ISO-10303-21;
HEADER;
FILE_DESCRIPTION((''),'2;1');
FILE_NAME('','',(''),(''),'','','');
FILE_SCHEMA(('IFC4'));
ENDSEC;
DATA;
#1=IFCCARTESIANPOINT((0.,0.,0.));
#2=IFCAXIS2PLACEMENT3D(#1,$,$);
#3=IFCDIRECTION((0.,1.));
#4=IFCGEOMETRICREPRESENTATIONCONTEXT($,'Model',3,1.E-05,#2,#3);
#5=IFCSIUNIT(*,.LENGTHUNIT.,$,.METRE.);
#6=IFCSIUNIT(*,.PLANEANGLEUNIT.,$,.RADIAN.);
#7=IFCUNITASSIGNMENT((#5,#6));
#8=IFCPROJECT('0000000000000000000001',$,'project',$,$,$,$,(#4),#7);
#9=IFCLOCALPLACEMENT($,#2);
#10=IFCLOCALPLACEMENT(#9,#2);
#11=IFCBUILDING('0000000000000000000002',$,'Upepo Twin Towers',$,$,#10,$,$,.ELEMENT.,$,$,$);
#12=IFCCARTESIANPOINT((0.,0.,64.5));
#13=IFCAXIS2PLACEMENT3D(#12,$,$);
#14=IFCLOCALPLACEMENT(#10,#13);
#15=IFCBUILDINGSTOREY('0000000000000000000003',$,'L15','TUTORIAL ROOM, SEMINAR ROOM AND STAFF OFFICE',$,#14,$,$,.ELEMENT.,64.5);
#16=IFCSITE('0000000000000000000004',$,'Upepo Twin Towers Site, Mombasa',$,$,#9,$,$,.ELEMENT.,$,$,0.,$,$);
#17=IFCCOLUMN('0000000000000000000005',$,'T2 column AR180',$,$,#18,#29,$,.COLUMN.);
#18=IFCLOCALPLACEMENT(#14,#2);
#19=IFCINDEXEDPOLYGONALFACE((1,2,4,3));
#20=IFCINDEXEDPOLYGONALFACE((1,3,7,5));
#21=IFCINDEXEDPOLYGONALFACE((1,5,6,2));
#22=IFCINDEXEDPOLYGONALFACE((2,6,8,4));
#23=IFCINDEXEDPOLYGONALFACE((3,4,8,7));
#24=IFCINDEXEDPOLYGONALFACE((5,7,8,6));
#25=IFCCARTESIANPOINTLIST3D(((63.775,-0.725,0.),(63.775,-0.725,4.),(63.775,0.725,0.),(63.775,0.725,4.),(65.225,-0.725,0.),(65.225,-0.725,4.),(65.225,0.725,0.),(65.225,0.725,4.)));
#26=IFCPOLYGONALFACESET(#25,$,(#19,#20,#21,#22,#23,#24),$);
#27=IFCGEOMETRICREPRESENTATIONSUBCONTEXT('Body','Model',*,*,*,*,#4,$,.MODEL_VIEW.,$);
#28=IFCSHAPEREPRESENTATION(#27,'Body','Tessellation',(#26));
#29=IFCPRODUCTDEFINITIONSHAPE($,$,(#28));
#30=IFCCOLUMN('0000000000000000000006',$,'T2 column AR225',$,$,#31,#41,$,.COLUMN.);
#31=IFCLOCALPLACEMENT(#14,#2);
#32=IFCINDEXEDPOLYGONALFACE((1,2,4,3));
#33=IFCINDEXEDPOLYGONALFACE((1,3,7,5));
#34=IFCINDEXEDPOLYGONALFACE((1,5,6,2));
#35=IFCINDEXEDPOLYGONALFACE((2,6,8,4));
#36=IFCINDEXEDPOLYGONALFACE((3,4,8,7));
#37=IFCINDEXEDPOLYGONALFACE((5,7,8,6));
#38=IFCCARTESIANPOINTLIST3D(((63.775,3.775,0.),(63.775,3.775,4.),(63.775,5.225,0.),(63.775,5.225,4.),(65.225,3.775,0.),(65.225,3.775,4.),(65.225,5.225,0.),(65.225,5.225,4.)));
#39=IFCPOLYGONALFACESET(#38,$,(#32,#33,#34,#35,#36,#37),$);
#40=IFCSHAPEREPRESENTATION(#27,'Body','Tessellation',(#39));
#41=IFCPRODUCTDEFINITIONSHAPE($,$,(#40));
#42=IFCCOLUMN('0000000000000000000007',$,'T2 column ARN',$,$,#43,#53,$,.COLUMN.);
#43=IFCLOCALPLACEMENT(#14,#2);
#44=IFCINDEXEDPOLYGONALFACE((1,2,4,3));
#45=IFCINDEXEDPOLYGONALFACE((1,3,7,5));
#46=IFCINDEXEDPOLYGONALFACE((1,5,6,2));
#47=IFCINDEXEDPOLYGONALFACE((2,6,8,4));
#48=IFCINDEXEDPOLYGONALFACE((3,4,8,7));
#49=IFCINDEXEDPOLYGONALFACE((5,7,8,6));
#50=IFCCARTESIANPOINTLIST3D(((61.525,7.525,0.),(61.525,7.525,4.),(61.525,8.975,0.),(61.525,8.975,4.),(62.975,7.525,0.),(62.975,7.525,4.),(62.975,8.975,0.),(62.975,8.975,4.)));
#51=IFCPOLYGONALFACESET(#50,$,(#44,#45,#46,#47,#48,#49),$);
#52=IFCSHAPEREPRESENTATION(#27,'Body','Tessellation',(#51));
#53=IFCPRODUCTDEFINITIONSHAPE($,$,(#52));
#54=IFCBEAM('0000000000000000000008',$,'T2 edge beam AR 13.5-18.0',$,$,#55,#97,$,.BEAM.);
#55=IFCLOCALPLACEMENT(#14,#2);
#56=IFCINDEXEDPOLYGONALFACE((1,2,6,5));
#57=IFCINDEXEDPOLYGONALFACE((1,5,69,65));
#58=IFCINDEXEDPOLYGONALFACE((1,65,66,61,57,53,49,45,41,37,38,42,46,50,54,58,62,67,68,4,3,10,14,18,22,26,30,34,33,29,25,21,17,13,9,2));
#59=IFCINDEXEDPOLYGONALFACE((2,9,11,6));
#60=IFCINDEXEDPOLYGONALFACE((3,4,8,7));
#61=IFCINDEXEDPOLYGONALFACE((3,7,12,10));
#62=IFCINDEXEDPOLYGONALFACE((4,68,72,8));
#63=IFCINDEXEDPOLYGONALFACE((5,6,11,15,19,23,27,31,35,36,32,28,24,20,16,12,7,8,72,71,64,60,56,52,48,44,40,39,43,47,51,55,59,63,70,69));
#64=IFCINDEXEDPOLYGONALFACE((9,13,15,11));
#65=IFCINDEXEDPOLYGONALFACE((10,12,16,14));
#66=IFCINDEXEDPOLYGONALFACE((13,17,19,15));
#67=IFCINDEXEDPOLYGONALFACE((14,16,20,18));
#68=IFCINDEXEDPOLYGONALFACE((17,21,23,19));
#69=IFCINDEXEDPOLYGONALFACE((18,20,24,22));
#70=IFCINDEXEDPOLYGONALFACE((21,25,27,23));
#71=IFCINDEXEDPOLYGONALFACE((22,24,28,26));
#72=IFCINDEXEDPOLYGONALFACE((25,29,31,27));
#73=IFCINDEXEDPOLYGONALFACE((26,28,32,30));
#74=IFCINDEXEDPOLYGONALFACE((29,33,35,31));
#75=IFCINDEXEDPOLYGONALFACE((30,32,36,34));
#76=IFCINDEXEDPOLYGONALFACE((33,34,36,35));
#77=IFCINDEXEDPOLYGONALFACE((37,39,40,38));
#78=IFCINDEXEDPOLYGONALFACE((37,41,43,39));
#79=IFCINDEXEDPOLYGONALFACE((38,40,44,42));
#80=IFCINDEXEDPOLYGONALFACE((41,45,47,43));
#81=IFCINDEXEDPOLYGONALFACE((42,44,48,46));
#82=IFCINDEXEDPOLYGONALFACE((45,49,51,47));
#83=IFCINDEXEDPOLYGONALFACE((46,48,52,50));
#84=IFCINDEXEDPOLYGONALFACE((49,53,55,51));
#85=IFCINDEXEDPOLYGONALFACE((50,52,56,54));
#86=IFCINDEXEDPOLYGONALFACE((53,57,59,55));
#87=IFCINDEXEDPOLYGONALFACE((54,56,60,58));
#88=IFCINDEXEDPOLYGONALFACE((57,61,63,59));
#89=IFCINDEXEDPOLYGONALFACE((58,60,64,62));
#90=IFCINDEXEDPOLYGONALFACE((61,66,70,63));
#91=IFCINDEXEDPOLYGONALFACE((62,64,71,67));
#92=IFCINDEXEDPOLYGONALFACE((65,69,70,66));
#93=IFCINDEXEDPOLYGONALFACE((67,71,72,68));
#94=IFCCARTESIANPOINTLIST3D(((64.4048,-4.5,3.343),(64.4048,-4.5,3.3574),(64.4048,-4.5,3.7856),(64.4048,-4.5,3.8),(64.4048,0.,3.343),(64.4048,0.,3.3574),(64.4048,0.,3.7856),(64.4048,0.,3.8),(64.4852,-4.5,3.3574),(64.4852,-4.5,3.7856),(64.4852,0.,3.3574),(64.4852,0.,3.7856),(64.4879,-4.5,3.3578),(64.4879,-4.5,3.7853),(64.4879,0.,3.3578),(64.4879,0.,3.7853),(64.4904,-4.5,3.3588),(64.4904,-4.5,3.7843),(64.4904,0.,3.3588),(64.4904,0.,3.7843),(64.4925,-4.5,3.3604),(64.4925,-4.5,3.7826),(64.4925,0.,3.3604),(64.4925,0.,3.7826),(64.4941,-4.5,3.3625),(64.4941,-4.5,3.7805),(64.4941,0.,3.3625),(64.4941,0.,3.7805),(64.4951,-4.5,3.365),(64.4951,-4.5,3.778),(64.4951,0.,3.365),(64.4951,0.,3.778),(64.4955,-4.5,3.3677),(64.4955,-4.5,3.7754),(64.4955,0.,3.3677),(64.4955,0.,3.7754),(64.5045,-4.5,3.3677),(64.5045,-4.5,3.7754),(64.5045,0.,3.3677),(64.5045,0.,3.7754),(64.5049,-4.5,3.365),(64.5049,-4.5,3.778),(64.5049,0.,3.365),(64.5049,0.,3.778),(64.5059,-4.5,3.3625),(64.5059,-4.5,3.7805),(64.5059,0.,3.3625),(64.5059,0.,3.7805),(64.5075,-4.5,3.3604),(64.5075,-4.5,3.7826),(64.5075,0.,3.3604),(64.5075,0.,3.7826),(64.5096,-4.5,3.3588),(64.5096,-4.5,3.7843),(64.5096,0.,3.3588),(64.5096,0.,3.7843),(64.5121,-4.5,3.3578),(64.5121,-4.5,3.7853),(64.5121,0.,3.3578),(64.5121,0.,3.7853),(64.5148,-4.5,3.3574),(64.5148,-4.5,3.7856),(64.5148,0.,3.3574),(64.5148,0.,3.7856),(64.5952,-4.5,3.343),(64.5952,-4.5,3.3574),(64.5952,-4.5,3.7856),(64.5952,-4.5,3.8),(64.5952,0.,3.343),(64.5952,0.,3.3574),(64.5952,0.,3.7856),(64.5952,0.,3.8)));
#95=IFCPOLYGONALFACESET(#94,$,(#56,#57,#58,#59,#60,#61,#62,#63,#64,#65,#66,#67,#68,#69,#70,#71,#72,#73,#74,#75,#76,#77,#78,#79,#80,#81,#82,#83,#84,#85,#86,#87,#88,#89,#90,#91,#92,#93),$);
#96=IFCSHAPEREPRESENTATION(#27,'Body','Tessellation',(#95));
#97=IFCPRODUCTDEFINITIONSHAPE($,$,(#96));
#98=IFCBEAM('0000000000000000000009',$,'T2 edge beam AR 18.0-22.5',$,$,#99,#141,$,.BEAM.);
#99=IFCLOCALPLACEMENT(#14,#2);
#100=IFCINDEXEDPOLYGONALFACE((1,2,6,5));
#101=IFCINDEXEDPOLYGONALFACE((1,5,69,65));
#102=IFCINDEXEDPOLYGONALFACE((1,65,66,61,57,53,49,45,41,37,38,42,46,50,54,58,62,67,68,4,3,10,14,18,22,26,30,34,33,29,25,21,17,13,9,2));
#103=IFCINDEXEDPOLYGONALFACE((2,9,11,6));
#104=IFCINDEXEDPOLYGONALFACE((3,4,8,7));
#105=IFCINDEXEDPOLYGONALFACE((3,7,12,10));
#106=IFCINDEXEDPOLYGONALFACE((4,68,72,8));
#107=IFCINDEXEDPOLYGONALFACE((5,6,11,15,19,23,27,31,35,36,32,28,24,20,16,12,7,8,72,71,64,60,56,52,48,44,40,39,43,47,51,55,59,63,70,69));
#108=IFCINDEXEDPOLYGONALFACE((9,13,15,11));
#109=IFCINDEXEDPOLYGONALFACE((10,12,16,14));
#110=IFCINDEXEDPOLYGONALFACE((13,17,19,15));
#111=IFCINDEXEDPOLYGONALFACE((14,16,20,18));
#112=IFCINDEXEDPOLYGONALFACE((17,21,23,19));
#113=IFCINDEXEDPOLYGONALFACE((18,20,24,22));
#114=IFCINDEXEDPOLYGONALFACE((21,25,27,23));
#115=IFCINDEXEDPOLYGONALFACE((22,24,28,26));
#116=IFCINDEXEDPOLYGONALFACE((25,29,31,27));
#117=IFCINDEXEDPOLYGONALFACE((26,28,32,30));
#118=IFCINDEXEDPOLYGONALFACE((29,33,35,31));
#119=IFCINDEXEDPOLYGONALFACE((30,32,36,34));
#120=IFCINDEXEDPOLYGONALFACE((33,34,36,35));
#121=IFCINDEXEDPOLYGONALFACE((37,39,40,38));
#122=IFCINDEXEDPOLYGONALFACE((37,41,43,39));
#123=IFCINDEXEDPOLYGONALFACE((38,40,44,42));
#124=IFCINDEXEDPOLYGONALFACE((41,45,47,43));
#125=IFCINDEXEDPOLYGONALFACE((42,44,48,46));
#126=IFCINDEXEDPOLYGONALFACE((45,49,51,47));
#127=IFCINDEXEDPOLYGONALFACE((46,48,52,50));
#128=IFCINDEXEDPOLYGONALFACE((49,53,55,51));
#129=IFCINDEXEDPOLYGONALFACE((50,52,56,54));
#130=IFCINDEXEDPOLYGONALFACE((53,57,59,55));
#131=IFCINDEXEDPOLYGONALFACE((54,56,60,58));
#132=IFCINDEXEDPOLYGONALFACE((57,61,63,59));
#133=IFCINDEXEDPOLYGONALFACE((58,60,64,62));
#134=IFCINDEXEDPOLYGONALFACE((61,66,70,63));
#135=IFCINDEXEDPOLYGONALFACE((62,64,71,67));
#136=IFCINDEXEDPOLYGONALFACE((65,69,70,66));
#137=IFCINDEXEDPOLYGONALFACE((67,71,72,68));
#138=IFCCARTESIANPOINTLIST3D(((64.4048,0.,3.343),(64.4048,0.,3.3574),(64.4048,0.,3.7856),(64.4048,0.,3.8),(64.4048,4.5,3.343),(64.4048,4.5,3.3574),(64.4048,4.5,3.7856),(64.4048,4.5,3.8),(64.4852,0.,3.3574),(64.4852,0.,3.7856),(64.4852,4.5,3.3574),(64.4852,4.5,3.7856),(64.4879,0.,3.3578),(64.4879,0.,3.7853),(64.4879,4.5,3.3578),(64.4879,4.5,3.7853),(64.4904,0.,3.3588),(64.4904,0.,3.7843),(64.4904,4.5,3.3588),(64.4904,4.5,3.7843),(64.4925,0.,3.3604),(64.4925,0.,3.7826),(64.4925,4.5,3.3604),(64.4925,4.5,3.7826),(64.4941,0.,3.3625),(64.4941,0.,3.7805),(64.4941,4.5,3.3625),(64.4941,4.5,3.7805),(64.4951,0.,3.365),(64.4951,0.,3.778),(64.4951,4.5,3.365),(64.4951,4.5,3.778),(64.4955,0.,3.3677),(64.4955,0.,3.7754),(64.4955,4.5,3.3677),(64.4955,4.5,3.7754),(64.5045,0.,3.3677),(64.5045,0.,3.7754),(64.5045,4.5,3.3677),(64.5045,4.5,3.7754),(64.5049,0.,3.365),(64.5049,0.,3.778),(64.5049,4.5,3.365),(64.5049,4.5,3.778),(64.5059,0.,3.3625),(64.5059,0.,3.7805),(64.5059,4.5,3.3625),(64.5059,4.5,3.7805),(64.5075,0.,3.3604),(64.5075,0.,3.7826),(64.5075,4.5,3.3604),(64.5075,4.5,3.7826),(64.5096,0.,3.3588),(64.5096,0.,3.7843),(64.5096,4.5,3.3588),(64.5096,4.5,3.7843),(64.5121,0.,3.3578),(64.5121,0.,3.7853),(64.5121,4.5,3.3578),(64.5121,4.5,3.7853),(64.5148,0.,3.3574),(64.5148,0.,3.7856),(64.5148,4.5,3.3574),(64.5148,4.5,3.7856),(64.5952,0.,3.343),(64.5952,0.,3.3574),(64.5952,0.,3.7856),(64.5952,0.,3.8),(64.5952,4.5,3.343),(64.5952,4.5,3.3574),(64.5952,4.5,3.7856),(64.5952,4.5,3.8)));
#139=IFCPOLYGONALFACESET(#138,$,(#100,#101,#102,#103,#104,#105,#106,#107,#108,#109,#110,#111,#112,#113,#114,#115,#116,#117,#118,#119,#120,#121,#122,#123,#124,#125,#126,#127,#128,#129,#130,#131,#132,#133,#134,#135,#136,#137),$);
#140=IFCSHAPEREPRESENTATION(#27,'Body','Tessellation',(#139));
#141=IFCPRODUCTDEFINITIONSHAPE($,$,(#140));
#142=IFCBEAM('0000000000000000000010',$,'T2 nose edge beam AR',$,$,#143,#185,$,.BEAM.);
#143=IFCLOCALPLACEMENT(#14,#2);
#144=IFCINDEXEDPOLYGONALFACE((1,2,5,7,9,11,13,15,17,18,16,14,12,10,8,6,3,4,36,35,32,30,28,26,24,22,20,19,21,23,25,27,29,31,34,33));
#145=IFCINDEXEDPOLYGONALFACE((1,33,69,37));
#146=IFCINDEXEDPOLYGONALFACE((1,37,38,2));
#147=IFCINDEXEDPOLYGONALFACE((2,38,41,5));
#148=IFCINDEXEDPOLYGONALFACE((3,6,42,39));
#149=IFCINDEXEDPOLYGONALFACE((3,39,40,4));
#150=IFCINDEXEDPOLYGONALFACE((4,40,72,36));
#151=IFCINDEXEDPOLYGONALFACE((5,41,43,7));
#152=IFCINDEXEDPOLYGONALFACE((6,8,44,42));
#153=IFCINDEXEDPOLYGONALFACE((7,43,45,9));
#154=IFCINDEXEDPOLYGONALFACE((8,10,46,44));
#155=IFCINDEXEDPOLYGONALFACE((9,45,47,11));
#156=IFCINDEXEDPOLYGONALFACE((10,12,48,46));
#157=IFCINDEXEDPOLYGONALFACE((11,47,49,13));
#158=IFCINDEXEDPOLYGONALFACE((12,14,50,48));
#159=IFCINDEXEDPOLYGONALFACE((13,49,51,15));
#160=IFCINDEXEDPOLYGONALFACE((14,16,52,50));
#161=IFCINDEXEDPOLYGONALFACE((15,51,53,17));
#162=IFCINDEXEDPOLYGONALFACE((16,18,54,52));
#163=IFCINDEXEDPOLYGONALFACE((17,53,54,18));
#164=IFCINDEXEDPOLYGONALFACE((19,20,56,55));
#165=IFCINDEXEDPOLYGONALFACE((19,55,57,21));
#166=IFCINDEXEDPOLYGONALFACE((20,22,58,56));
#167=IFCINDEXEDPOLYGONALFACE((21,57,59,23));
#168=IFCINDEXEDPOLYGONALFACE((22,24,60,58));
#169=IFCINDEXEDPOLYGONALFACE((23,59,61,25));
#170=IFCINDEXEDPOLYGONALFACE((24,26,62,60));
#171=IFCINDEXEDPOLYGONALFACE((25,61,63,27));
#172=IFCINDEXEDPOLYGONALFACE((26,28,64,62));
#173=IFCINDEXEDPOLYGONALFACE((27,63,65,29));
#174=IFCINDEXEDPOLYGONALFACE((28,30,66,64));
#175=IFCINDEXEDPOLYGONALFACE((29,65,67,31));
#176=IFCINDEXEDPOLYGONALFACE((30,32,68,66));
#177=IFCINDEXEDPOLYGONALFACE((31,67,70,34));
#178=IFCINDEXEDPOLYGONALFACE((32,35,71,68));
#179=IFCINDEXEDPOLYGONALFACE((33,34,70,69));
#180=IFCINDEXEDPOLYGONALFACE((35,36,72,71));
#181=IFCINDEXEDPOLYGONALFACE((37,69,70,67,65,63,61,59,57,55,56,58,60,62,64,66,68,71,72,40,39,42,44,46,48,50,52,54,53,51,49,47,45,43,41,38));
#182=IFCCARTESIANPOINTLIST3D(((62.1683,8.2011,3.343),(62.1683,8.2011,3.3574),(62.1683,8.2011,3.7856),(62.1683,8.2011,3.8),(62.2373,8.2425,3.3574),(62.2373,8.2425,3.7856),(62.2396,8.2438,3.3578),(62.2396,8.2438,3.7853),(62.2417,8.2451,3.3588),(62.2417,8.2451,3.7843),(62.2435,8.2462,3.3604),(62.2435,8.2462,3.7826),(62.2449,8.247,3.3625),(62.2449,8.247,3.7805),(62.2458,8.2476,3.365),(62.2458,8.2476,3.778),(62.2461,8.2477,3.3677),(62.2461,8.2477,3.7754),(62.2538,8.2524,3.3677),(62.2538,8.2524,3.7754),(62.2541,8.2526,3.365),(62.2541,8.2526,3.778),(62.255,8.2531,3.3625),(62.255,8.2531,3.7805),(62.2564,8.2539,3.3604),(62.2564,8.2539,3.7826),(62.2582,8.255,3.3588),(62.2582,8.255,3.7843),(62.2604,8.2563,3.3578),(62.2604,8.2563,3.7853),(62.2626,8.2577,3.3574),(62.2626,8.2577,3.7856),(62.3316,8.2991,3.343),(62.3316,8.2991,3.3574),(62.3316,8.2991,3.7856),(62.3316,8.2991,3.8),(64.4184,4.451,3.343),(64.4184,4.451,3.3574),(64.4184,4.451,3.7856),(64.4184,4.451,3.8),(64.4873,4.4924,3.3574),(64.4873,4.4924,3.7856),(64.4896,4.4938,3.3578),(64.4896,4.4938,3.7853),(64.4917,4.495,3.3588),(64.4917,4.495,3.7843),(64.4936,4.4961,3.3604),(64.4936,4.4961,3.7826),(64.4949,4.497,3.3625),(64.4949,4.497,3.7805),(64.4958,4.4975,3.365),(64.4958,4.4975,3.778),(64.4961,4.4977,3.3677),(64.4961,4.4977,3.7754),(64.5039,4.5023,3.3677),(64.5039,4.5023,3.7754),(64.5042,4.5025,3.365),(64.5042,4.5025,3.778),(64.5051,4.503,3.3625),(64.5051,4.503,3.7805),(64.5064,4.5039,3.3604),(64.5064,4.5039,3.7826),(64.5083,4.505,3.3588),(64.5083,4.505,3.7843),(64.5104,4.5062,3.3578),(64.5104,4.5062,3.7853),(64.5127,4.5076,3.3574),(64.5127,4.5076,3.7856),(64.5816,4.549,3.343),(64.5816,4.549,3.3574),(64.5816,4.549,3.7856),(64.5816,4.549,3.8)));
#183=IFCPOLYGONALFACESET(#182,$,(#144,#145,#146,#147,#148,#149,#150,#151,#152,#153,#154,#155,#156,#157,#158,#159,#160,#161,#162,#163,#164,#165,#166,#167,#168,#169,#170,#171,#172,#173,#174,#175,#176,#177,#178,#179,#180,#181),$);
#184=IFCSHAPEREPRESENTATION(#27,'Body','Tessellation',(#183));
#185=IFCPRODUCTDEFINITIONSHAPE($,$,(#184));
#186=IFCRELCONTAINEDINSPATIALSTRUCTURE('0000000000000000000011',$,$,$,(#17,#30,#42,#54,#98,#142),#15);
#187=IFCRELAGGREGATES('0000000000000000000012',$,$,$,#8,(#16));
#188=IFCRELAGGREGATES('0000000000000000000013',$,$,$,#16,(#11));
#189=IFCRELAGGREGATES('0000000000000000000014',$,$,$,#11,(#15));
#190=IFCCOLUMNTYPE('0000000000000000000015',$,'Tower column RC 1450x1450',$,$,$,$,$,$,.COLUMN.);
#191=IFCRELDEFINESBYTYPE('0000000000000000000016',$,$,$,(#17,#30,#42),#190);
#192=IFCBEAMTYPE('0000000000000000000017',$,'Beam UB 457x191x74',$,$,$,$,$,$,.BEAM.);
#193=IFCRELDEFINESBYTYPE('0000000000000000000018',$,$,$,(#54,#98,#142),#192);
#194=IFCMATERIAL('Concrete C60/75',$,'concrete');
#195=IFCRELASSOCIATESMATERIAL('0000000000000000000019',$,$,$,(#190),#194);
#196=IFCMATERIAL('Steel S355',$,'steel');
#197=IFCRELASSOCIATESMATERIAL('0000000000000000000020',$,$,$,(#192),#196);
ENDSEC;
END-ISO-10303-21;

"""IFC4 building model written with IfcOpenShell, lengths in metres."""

from ifc_helpers import new_model, si_unit, direction, frame, origin, origin_2d, place, context, subcontext, project, spatial, rectangle, i_section, extrude, material, material_profile, profile_set, type_object, element, save


model = new_model("IFC4")

# Units and contexts
model_context = context("Model", 3, precision=1e-05, world=origin(), true_north=direction((0.0, 1.0)))
body_context = subcontext(model_context, "Body", "Model", "MODEL_VIEW")
ifc_project = project(units=[si_unit("LENGTHUNIT", "METRE"), si_unit("PLANEANGLEUNIT", "RADIAN")], contexts=[model_context])

# Site, building, storey
site_placement = place(None, origin())
site = spatial("IfcSite", under=ifc_project, at=site_placement, Name="Upepo Twin Towers Site, Mombasa", CompositionType="ELEMENT", RefElevation=0.0)
building_placement = place(site_placement, origin())
building = spatial("IfcBuilding", under=site, at=building_placement, Name="Upepo Twin Towers", CompositionType="ELEMENT")
storey_placement = place(building_placement, frame((0.0, 0.0, 64.5)))
storey = spatial("IfcBuildingStorey", under=building, at=storey_placement, Name="L15", Description="TUTORIAL ROOM, SEMINAR ROOM AND STAFF OFFICE", CompositionType="ELEMENT", Elevation=64.5)

# Columns
ifc_material_1 = material(Name="Concrete C60/75", Category="concrete")
ifc_material_profile_1 = material_profile(ifc_material_1, rectangle(XDim=1.45, YDim=1.45, at=origin_2d()), Name="RC 1450x1450")
ifc_profile_set_1 = profile_set([ifc_material_profile_1], Name="Concrete C60/75")
column_type = type_object("IfcColumnType", Name="Tower column RC 1450x1450", PredefinedType="COLUMN", material=ifc_profile_set_1)
for number, where, z_axis, x_axis, name in (
    (1, (64.5, 0.0, 0.0), (0.0, 0.0, 1.0), (1.0, 0.0, 0.0), "T2 column AR180"),
    (2, (64.5, 4.5, 0.0), (0.0, 0.0, 1.0), (1.0, 0.0, 0.0), "T2 column AR225"),
    (3, (62.25, 8.25, 0.0), (0.0, 0.0, 1.0), (1.0, 0.0, 0.0), "T2 column ARN"),
):
    element("IfcColumn", number, at=place(storey_placement, frame(where, z_axis=z_axis, x_axis=x_axis)), inside=storey, type_object=column_type, Name=name, PredefinedType="COLUMN", context=body_context, shape_type="SweptSolid", body=[
        extrude(rectangle(XDim=1.45, YDim=1.45, at=origin_2d()), origin(), (0.0, 0.0, 1.0), 4.0),
    ])

# Beams
ifc_material_2 = material(Name="Steel S355", Category="steel")
ifc_material_profile_2 = material_profile(ifc_material_2, i_section(OverallWidth=0.1904, OverallDepth=0.457, WebThickness=0.009, FlangeThickness=0.0144, FilletRadius=0.0103, at=origin_2d()), Name="UB 457x191x74")
ifc_profile_set_2 = profile_set([ifc_material_profile_2], Name="Steel S355")
beam_type_1 = type_object("IfcBeamType", Name="Beam UB 457x191x74", PredefinedType="BEAM", material=ifc_profile_set_2)
for number, where, z_axis, x_axis, name in (
    (4, (64.5, -4.5, 3.5715), (0.0, 1.0, 0.0), (-1.0, 0.0, 0.0), "T2 edge beam AR 13.5-18.0"),
    (5, (64.5, 0.0, 3.5715), (0.0, 1.0, 0.0), (-1.0, 0.0, 0.0), "T2 edge beam AR 18.0-22.5"),
):
    element("IfcBeam", number, at=place(storey_placement, frame(where, z_axis=z_axis, x_axis=x_axis)), inside=storey, type_object=beam_type_1, Name=name, PredefinedType="BEAM", context=body_context, shape_type="SweptSolid", body=[
        extrude(i_section(OverallWidth=0.1904, OverallDepth=0.457, WebThickness=0.009, FlangeThickness=0.0144, FilletRadius=0.0103, at=origin_2d()), origin(), (0.0, 0.0, 1.0), 4.5),
    ])
beam_1_placement = place(storey_placement, frame((64.5, 4.5, 3.5715), z_axis=(-0.514496, 0.857493, 0.0), x_axis=(-0.857493, -0.514496, 0.0)))
element("IfcBeam", 6, at=beam_1_placement, inside=storey, type_object=beam_type_1, Name="T2 nose edge beam AR", PredefinedType="BEAM", context=body_context, shape_type="SweptSolid", body=[
    extrude(i_section(OverallWidth=0.1904, OverallDepth=0.457, WebThickness=0.009, FlangeThickness=0.0144, FilletRadius=0.0103, at=origin_2d()), origin(), (0.0, 0.0, 1.0), 4.3733),
])

save(model, "model.ifc")
